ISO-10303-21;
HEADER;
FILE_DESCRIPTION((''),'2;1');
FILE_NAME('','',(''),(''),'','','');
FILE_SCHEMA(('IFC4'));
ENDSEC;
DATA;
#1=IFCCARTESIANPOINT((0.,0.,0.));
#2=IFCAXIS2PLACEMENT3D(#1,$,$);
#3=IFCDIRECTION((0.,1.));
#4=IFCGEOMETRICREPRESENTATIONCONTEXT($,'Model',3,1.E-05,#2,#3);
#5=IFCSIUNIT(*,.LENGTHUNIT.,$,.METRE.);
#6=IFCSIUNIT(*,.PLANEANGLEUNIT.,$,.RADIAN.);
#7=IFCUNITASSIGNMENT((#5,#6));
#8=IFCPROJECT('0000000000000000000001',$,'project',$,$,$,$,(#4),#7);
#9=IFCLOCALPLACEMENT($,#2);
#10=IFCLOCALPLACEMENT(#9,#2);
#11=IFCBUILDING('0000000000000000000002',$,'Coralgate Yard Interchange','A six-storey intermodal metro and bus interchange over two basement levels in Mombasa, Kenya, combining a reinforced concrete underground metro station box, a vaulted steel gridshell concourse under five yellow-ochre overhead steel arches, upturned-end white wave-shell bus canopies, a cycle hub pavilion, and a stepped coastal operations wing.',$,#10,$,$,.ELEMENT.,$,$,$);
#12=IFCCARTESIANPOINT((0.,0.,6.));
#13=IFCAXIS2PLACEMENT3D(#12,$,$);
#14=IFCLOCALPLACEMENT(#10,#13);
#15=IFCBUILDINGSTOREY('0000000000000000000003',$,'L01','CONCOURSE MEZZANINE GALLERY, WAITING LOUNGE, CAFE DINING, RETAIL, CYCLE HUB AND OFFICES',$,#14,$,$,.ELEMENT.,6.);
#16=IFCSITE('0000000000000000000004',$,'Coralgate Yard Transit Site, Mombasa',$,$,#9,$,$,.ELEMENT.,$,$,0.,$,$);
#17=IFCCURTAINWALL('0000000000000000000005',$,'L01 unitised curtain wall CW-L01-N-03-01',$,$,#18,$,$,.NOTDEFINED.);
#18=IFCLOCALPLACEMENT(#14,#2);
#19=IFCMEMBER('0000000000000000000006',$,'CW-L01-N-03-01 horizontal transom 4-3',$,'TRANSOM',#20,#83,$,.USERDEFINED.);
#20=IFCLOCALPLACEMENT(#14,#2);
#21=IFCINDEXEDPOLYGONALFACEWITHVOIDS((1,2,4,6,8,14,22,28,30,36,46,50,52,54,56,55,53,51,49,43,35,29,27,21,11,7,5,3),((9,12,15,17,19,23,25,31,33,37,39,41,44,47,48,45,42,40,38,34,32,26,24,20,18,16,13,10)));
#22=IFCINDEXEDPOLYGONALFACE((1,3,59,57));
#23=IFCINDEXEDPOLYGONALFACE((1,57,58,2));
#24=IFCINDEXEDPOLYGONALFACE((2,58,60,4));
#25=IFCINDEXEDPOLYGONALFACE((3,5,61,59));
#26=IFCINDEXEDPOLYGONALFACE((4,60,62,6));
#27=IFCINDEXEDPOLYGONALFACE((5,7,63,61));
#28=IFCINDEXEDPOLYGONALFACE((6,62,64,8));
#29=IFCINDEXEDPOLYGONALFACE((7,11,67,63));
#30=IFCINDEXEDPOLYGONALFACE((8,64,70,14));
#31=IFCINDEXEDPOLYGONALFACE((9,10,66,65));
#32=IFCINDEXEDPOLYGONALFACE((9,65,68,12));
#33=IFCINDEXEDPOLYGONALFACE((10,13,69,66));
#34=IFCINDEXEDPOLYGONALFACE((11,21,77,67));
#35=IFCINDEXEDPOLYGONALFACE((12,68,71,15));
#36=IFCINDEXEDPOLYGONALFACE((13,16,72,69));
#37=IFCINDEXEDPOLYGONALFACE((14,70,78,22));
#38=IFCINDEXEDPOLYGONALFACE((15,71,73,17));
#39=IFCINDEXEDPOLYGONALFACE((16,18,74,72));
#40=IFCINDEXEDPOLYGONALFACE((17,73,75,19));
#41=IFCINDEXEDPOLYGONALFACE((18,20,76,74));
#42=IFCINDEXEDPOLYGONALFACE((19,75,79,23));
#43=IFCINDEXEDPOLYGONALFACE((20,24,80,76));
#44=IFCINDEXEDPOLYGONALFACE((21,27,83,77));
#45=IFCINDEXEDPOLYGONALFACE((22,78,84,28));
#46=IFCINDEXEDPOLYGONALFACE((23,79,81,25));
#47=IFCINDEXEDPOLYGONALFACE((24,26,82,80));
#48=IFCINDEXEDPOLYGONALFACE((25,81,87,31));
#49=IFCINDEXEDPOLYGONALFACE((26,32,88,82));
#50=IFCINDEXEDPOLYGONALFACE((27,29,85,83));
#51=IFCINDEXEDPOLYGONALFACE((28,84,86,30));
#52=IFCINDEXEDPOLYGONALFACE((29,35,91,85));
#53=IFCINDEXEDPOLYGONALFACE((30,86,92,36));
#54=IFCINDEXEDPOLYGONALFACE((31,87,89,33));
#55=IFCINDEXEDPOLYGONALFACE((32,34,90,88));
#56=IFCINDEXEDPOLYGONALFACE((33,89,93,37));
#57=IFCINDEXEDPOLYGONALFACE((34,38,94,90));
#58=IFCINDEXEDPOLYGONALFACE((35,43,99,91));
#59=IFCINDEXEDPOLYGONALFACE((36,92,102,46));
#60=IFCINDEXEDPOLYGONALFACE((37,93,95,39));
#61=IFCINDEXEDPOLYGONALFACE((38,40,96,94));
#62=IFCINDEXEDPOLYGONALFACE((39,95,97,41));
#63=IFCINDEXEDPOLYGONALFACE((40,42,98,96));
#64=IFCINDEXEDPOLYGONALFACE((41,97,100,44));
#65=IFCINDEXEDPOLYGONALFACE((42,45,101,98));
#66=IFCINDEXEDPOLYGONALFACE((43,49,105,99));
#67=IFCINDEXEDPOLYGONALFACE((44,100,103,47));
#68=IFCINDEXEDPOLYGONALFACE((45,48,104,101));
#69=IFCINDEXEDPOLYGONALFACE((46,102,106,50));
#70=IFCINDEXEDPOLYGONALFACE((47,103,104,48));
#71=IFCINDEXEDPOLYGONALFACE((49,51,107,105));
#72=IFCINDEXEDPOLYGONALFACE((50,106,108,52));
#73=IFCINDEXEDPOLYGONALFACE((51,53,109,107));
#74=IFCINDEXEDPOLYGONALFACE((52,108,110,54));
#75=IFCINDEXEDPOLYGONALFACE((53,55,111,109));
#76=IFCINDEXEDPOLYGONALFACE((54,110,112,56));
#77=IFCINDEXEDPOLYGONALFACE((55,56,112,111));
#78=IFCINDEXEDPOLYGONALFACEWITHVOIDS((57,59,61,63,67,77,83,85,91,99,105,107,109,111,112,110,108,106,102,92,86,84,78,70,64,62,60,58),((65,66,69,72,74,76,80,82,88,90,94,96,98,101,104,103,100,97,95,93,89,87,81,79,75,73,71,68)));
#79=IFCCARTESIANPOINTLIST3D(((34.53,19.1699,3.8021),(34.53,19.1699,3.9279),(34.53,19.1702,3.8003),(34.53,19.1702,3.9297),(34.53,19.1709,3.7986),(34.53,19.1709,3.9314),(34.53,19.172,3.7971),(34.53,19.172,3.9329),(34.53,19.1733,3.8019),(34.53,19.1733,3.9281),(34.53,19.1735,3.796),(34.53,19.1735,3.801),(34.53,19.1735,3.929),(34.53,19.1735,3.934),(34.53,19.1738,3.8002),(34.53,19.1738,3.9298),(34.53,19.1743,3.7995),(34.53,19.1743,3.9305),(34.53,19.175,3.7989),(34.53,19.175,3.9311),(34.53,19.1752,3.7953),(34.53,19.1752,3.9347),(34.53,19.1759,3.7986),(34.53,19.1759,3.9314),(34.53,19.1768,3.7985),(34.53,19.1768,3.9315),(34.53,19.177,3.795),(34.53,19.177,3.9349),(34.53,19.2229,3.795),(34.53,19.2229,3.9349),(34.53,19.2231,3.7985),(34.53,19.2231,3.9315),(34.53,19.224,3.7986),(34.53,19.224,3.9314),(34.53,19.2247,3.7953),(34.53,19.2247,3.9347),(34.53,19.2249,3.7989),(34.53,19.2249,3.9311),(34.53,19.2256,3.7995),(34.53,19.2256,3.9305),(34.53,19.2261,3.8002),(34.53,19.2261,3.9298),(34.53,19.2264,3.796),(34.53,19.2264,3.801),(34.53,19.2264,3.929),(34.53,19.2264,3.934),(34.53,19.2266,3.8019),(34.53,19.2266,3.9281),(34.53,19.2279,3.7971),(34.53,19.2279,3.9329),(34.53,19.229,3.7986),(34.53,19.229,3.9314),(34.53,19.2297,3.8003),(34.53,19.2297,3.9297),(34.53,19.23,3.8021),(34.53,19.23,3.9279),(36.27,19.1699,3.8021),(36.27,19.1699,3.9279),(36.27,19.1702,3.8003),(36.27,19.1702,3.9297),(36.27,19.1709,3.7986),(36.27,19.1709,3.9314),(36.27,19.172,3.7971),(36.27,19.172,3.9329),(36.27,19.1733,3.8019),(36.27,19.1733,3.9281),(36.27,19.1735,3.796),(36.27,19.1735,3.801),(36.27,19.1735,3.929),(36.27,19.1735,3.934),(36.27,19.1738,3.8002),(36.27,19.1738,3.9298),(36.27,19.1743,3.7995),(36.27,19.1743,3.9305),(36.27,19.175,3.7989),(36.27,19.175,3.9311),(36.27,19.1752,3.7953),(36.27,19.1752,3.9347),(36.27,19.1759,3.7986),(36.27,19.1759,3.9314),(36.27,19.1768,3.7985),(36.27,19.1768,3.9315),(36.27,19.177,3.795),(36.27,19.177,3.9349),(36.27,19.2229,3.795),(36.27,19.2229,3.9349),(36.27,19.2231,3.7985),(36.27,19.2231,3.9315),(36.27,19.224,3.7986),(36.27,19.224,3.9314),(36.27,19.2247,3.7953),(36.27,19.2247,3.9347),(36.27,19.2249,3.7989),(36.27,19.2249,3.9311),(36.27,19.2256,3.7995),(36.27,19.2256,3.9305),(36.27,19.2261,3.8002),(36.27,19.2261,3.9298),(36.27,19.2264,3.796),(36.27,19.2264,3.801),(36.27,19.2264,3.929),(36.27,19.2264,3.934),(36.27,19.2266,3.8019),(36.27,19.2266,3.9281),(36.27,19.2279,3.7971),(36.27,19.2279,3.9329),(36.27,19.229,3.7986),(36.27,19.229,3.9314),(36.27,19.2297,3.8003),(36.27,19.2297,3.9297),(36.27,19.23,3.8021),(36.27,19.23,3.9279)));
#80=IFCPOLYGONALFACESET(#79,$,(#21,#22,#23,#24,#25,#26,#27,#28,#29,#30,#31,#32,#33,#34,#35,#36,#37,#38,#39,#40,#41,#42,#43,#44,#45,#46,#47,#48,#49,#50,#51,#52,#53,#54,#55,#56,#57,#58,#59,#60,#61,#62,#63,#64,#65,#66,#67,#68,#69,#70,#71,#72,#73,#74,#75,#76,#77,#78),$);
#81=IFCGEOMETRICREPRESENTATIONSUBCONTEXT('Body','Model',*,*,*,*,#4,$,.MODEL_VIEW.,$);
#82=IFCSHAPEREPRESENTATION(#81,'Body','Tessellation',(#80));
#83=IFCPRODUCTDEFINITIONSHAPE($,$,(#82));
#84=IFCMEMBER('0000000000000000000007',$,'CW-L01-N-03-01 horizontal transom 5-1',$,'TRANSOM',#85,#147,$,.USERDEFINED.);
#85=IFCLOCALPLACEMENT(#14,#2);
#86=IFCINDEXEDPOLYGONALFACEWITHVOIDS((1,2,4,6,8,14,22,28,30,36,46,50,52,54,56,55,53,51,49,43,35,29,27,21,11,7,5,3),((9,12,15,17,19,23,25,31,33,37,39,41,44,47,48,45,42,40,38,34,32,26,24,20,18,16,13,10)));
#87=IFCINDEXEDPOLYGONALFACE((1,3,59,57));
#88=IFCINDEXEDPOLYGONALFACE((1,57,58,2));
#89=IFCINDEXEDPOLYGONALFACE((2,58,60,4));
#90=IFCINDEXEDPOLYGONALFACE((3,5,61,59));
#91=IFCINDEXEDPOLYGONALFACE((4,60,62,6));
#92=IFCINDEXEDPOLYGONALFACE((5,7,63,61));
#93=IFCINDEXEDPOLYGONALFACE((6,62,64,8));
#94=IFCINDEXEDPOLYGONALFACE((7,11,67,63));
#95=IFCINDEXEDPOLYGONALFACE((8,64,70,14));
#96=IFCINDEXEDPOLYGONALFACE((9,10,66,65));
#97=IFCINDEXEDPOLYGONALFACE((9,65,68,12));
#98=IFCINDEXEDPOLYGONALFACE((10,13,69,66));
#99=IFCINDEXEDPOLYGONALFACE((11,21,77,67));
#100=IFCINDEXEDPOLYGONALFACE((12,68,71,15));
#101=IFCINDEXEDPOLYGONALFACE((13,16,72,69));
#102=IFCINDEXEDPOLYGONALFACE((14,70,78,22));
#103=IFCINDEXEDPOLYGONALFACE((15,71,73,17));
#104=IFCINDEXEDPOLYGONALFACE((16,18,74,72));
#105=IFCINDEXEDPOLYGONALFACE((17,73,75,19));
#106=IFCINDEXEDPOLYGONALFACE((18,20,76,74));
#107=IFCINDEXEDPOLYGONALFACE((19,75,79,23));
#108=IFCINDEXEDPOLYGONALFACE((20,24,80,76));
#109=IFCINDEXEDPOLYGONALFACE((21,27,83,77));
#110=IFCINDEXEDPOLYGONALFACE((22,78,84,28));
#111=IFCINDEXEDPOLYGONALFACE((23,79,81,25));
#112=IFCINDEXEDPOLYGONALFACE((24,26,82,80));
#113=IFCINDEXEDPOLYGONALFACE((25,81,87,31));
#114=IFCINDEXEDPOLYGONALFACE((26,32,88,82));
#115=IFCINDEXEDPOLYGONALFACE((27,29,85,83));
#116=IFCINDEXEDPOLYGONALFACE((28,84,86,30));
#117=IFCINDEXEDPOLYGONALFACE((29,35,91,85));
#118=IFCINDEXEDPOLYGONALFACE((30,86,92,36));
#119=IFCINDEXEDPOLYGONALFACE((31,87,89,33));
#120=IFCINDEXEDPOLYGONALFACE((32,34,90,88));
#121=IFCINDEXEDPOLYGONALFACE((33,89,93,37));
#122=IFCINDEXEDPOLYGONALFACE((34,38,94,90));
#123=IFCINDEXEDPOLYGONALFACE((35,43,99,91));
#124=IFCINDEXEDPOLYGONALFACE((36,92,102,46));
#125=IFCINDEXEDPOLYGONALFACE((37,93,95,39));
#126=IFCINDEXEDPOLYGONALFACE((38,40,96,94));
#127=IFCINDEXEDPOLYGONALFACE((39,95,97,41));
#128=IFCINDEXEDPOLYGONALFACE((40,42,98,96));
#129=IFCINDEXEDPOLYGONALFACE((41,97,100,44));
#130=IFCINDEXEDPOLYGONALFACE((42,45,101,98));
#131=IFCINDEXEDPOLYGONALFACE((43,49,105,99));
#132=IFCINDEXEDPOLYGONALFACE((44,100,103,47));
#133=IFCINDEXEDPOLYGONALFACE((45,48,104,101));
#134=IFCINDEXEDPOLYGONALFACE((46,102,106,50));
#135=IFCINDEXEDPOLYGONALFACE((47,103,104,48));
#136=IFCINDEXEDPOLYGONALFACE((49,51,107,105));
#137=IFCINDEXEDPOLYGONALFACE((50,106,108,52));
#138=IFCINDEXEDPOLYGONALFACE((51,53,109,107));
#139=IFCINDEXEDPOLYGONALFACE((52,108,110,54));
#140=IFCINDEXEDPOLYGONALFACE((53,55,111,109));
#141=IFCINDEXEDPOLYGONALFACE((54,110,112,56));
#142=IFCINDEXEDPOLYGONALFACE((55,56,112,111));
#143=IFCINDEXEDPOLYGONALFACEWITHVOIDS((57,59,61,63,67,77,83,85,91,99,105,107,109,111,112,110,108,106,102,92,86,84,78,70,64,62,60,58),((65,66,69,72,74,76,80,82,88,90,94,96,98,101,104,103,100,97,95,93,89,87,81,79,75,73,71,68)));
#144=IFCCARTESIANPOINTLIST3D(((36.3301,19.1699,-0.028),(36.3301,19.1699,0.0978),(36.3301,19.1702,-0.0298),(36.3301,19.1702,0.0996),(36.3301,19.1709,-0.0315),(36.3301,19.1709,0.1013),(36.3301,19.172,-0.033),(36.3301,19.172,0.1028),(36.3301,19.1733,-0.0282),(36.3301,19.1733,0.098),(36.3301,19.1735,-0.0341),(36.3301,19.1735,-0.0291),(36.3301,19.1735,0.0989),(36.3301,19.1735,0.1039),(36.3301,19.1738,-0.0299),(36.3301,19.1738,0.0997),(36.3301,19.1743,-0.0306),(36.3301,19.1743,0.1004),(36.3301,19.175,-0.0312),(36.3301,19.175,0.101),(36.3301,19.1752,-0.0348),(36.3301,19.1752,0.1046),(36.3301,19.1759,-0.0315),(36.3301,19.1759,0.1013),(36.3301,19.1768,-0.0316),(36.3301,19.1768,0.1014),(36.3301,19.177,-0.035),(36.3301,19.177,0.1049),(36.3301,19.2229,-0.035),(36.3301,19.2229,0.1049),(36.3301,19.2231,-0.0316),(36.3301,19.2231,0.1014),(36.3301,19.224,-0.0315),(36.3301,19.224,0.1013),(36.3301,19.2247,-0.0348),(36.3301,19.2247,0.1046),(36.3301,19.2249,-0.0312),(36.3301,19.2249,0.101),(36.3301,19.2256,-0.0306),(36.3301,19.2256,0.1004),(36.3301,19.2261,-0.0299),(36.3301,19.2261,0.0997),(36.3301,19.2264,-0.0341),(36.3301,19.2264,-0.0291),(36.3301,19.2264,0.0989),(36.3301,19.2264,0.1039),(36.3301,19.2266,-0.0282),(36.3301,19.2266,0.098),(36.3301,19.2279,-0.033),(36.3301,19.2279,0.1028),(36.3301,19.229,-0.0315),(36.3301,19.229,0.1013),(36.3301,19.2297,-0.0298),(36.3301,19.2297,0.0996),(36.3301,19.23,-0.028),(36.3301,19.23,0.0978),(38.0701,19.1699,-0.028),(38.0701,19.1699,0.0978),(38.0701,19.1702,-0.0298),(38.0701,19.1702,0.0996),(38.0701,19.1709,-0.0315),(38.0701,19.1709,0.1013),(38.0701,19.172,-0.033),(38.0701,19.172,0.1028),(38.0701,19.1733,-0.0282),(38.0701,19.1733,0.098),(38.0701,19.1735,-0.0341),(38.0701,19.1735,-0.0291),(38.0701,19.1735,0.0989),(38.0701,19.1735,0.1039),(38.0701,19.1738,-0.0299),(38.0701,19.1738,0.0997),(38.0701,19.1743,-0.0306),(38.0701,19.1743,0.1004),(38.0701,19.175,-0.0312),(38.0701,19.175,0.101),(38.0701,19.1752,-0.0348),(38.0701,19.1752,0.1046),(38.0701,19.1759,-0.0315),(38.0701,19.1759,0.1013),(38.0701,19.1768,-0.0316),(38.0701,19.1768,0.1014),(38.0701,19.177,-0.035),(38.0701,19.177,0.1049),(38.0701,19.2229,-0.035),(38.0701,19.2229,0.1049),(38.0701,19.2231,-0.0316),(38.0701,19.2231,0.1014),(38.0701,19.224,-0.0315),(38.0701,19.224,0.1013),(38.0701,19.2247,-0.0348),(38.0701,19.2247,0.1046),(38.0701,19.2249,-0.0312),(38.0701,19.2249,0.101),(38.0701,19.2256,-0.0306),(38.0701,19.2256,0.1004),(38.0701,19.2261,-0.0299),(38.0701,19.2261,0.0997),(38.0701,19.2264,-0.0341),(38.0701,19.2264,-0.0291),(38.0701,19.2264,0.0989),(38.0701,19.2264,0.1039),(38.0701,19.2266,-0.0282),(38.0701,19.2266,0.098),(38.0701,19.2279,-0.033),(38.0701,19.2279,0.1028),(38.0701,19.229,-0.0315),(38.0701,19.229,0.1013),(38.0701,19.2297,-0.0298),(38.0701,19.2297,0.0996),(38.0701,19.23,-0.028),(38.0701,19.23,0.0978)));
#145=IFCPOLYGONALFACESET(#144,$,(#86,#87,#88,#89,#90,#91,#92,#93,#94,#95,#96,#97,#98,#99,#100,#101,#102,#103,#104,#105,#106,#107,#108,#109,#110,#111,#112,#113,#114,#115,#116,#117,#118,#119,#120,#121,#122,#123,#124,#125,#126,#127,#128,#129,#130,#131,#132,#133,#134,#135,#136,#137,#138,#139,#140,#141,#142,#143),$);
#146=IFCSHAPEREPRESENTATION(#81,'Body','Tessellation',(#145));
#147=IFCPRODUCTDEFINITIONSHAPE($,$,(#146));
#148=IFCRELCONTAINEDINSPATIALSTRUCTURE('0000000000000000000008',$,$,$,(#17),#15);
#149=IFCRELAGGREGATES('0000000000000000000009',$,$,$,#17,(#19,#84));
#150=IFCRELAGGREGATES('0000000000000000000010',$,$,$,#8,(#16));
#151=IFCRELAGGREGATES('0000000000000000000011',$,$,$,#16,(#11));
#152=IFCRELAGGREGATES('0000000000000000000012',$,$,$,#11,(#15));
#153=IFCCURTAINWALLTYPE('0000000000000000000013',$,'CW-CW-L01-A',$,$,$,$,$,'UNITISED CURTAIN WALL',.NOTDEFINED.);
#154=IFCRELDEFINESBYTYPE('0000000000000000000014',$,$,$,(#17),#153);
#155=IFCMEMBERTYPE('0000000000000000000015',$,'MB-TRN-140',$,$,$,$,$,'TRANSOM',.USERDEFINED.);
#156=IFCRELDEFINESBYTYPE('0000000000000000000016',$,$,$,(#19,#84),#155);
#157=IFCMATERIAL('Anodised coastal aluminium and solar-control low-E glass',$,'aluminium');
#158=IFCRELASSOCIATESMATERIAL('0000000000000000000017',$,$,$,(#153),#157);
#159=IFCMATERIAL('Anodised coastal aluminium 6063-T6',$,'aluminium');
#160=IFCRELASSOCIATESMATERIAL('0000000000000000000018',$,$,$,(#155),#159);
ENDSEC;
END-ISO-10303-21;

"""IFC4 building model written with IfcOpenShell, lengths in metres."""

from ifc_helpers import new_model, si_unit, direction, frame, origin, origin_2d, place, context, subcontext, project, spatial, hollow_rectangle, extrude, material, material_profile, profile_set, type_object, element, aggregate, save


model = new_model("IFC4")

# Units and contexts
model_context = context("Model", 3, precision=1e-05, world=origin(), true_north=direction((0.0, 1.0)))
body_context = subcontext(model_context, "Body", "Model", "MODEL_VIEW")
ifc_project = project(units=[si_unit("LENGTHUNIT", "METRE"), si_unit("PLANEANGLEUNIT", "RADIAN")], contexts=[model_context])

# Site, building, storey
site_placement = place(None, origin())
site = spatial("IfcSite", under=ifc_project, at=site_placement, Name="Coralgate Yard Transit Site, Mombasa", CompositionType="ELEMENT", RefElevation=0.0)
building_placement = place(site_placement, origin())
building = spatial("IfcBuilding", under=site, at=building_placement, Name="Coralgate Yard Interchange", Description="A six-storey intermodal metro and bus interchange over two basement levels in Mombasa, Kenya, combining a reinforced concrete underground metro station box, a vaulted steel gridshell concourse under five yellow-ochre overhead steel arches, upturned-end white wave-shell bus canopies, a cycle hub pavilion, and a stepped coastal operations wing.", CompositionType="ELEMENT")
storey_placement = place(building_placement, frame((0.0, 0.0, 6.0)))
storey = spatial("IfcBuildingStorey", under=building, at=storey_placement, Name="L01", Description="CONCOURSE MEZZANINE GALLERY, WAITING LOUNGE, CAFE DINING, RETAIL, CYCLE HUB AND OFFICES", CompositionType="ELEMENT", Elevation=6.0)

# Curtain wall
ifc_material_1 = material(Name="Anodised coastal aluminium and solar-control low-E glass", Category="aluminium")
curtain_wall_type = type_object("IfcCurtainWallType", Name="CW-CW-L01-A", ElementType="UNITISED CURTAIN WALL", PredefinedType="NOTDEFINED", material=ifc_material_1)
curtain_wall_1_placement = place(storey_placement, origin())
curtain_wall_1 = element("IfcCurtainWall", 1, at=curtain_wall_1_placement, inside=storey, type_object=curtain_wall_type, Name="L01 unitised curtain wall CW-L01-N-03-01", PredefinedType="NOTDEFINED")
ifc_material_2 = material(Name="Anodised coastal aluminium 6063-T6", Category="aluminium")

# Members
ifc_material_profile_1 = material_profile(ifc_material_2, hollow_rectangle(XDim=0.0601, YDim=0.1399, WallThickness=0.0034, InnerFilletRadius=0.0034, OuterFilletRadius=0.0071, at=origin_2d()), Name="ALU 60x140x3.5")
ifc_profile_set_1 = profile_set([ifc_material_profile_1], Name="Anodised coastal aluminium 6063-T6")
member_type_1 = type_object("IfcMemberType", Name="MB-TRN-140", ElementType="TRANSOM", PredefinedType="USERDEFINED", material=ifc_profile_set_1)
member_1_placement = place(storey_placement, frame((34.53, 19.2, 3.865), z_axis=(1.0, 0.0, 0.0), x_axis=(0.0, 1.0, 0.0)))
member_1 = element("IfcMember", 2, at=member_1_placement, type_object=member_type_1, Name="CW-L01-N-03-01 horizontal transom 4-3", ObjectType="TRANSOM", PredefinedType="USERDEFINED", context=body_context, shape_type="SweptSolid", body=[
    extrude(hollow_rectangle(XDim=0.0601, YDim=0.1399, WallThickness=0.0034, InnerFilletRadius=0.0034, OuterFilletRadius=0.0071, at=origin_2d()), origin(), (0.0, 0.0, 1.0), 1.74),
])
member_2_placement = place(storey_placement, frame((36.3301, 19.2, 0.0349), z_axis=(1.0, 0.0, 0.0), x_axis=(0.0, 1.0, 0.0)))
member_2 = element("IfcMember", 3, at=member_2_placement, type_object=member_type_1, Name="CW-L01-N-03-01 horizontal transom 5-1", ObjectType="TRANSOM", PredefinedType="USERDEFINED", context=body_context, shape_type="SweptSolid", body=[
    extrude(hollow_rectangle(XDim=0.0601, YDim=0.1399, WallThickness=0.0034, InnerFilletRadius=0.0034, OuterFilletRadius=0.0071, at=origin_2d()), origin(), (0.0, 0.0, 1.0), 1.74),
])

aggregate(curtain_wall_1, [member_1, member_2])

save(model, "model.ifc")
